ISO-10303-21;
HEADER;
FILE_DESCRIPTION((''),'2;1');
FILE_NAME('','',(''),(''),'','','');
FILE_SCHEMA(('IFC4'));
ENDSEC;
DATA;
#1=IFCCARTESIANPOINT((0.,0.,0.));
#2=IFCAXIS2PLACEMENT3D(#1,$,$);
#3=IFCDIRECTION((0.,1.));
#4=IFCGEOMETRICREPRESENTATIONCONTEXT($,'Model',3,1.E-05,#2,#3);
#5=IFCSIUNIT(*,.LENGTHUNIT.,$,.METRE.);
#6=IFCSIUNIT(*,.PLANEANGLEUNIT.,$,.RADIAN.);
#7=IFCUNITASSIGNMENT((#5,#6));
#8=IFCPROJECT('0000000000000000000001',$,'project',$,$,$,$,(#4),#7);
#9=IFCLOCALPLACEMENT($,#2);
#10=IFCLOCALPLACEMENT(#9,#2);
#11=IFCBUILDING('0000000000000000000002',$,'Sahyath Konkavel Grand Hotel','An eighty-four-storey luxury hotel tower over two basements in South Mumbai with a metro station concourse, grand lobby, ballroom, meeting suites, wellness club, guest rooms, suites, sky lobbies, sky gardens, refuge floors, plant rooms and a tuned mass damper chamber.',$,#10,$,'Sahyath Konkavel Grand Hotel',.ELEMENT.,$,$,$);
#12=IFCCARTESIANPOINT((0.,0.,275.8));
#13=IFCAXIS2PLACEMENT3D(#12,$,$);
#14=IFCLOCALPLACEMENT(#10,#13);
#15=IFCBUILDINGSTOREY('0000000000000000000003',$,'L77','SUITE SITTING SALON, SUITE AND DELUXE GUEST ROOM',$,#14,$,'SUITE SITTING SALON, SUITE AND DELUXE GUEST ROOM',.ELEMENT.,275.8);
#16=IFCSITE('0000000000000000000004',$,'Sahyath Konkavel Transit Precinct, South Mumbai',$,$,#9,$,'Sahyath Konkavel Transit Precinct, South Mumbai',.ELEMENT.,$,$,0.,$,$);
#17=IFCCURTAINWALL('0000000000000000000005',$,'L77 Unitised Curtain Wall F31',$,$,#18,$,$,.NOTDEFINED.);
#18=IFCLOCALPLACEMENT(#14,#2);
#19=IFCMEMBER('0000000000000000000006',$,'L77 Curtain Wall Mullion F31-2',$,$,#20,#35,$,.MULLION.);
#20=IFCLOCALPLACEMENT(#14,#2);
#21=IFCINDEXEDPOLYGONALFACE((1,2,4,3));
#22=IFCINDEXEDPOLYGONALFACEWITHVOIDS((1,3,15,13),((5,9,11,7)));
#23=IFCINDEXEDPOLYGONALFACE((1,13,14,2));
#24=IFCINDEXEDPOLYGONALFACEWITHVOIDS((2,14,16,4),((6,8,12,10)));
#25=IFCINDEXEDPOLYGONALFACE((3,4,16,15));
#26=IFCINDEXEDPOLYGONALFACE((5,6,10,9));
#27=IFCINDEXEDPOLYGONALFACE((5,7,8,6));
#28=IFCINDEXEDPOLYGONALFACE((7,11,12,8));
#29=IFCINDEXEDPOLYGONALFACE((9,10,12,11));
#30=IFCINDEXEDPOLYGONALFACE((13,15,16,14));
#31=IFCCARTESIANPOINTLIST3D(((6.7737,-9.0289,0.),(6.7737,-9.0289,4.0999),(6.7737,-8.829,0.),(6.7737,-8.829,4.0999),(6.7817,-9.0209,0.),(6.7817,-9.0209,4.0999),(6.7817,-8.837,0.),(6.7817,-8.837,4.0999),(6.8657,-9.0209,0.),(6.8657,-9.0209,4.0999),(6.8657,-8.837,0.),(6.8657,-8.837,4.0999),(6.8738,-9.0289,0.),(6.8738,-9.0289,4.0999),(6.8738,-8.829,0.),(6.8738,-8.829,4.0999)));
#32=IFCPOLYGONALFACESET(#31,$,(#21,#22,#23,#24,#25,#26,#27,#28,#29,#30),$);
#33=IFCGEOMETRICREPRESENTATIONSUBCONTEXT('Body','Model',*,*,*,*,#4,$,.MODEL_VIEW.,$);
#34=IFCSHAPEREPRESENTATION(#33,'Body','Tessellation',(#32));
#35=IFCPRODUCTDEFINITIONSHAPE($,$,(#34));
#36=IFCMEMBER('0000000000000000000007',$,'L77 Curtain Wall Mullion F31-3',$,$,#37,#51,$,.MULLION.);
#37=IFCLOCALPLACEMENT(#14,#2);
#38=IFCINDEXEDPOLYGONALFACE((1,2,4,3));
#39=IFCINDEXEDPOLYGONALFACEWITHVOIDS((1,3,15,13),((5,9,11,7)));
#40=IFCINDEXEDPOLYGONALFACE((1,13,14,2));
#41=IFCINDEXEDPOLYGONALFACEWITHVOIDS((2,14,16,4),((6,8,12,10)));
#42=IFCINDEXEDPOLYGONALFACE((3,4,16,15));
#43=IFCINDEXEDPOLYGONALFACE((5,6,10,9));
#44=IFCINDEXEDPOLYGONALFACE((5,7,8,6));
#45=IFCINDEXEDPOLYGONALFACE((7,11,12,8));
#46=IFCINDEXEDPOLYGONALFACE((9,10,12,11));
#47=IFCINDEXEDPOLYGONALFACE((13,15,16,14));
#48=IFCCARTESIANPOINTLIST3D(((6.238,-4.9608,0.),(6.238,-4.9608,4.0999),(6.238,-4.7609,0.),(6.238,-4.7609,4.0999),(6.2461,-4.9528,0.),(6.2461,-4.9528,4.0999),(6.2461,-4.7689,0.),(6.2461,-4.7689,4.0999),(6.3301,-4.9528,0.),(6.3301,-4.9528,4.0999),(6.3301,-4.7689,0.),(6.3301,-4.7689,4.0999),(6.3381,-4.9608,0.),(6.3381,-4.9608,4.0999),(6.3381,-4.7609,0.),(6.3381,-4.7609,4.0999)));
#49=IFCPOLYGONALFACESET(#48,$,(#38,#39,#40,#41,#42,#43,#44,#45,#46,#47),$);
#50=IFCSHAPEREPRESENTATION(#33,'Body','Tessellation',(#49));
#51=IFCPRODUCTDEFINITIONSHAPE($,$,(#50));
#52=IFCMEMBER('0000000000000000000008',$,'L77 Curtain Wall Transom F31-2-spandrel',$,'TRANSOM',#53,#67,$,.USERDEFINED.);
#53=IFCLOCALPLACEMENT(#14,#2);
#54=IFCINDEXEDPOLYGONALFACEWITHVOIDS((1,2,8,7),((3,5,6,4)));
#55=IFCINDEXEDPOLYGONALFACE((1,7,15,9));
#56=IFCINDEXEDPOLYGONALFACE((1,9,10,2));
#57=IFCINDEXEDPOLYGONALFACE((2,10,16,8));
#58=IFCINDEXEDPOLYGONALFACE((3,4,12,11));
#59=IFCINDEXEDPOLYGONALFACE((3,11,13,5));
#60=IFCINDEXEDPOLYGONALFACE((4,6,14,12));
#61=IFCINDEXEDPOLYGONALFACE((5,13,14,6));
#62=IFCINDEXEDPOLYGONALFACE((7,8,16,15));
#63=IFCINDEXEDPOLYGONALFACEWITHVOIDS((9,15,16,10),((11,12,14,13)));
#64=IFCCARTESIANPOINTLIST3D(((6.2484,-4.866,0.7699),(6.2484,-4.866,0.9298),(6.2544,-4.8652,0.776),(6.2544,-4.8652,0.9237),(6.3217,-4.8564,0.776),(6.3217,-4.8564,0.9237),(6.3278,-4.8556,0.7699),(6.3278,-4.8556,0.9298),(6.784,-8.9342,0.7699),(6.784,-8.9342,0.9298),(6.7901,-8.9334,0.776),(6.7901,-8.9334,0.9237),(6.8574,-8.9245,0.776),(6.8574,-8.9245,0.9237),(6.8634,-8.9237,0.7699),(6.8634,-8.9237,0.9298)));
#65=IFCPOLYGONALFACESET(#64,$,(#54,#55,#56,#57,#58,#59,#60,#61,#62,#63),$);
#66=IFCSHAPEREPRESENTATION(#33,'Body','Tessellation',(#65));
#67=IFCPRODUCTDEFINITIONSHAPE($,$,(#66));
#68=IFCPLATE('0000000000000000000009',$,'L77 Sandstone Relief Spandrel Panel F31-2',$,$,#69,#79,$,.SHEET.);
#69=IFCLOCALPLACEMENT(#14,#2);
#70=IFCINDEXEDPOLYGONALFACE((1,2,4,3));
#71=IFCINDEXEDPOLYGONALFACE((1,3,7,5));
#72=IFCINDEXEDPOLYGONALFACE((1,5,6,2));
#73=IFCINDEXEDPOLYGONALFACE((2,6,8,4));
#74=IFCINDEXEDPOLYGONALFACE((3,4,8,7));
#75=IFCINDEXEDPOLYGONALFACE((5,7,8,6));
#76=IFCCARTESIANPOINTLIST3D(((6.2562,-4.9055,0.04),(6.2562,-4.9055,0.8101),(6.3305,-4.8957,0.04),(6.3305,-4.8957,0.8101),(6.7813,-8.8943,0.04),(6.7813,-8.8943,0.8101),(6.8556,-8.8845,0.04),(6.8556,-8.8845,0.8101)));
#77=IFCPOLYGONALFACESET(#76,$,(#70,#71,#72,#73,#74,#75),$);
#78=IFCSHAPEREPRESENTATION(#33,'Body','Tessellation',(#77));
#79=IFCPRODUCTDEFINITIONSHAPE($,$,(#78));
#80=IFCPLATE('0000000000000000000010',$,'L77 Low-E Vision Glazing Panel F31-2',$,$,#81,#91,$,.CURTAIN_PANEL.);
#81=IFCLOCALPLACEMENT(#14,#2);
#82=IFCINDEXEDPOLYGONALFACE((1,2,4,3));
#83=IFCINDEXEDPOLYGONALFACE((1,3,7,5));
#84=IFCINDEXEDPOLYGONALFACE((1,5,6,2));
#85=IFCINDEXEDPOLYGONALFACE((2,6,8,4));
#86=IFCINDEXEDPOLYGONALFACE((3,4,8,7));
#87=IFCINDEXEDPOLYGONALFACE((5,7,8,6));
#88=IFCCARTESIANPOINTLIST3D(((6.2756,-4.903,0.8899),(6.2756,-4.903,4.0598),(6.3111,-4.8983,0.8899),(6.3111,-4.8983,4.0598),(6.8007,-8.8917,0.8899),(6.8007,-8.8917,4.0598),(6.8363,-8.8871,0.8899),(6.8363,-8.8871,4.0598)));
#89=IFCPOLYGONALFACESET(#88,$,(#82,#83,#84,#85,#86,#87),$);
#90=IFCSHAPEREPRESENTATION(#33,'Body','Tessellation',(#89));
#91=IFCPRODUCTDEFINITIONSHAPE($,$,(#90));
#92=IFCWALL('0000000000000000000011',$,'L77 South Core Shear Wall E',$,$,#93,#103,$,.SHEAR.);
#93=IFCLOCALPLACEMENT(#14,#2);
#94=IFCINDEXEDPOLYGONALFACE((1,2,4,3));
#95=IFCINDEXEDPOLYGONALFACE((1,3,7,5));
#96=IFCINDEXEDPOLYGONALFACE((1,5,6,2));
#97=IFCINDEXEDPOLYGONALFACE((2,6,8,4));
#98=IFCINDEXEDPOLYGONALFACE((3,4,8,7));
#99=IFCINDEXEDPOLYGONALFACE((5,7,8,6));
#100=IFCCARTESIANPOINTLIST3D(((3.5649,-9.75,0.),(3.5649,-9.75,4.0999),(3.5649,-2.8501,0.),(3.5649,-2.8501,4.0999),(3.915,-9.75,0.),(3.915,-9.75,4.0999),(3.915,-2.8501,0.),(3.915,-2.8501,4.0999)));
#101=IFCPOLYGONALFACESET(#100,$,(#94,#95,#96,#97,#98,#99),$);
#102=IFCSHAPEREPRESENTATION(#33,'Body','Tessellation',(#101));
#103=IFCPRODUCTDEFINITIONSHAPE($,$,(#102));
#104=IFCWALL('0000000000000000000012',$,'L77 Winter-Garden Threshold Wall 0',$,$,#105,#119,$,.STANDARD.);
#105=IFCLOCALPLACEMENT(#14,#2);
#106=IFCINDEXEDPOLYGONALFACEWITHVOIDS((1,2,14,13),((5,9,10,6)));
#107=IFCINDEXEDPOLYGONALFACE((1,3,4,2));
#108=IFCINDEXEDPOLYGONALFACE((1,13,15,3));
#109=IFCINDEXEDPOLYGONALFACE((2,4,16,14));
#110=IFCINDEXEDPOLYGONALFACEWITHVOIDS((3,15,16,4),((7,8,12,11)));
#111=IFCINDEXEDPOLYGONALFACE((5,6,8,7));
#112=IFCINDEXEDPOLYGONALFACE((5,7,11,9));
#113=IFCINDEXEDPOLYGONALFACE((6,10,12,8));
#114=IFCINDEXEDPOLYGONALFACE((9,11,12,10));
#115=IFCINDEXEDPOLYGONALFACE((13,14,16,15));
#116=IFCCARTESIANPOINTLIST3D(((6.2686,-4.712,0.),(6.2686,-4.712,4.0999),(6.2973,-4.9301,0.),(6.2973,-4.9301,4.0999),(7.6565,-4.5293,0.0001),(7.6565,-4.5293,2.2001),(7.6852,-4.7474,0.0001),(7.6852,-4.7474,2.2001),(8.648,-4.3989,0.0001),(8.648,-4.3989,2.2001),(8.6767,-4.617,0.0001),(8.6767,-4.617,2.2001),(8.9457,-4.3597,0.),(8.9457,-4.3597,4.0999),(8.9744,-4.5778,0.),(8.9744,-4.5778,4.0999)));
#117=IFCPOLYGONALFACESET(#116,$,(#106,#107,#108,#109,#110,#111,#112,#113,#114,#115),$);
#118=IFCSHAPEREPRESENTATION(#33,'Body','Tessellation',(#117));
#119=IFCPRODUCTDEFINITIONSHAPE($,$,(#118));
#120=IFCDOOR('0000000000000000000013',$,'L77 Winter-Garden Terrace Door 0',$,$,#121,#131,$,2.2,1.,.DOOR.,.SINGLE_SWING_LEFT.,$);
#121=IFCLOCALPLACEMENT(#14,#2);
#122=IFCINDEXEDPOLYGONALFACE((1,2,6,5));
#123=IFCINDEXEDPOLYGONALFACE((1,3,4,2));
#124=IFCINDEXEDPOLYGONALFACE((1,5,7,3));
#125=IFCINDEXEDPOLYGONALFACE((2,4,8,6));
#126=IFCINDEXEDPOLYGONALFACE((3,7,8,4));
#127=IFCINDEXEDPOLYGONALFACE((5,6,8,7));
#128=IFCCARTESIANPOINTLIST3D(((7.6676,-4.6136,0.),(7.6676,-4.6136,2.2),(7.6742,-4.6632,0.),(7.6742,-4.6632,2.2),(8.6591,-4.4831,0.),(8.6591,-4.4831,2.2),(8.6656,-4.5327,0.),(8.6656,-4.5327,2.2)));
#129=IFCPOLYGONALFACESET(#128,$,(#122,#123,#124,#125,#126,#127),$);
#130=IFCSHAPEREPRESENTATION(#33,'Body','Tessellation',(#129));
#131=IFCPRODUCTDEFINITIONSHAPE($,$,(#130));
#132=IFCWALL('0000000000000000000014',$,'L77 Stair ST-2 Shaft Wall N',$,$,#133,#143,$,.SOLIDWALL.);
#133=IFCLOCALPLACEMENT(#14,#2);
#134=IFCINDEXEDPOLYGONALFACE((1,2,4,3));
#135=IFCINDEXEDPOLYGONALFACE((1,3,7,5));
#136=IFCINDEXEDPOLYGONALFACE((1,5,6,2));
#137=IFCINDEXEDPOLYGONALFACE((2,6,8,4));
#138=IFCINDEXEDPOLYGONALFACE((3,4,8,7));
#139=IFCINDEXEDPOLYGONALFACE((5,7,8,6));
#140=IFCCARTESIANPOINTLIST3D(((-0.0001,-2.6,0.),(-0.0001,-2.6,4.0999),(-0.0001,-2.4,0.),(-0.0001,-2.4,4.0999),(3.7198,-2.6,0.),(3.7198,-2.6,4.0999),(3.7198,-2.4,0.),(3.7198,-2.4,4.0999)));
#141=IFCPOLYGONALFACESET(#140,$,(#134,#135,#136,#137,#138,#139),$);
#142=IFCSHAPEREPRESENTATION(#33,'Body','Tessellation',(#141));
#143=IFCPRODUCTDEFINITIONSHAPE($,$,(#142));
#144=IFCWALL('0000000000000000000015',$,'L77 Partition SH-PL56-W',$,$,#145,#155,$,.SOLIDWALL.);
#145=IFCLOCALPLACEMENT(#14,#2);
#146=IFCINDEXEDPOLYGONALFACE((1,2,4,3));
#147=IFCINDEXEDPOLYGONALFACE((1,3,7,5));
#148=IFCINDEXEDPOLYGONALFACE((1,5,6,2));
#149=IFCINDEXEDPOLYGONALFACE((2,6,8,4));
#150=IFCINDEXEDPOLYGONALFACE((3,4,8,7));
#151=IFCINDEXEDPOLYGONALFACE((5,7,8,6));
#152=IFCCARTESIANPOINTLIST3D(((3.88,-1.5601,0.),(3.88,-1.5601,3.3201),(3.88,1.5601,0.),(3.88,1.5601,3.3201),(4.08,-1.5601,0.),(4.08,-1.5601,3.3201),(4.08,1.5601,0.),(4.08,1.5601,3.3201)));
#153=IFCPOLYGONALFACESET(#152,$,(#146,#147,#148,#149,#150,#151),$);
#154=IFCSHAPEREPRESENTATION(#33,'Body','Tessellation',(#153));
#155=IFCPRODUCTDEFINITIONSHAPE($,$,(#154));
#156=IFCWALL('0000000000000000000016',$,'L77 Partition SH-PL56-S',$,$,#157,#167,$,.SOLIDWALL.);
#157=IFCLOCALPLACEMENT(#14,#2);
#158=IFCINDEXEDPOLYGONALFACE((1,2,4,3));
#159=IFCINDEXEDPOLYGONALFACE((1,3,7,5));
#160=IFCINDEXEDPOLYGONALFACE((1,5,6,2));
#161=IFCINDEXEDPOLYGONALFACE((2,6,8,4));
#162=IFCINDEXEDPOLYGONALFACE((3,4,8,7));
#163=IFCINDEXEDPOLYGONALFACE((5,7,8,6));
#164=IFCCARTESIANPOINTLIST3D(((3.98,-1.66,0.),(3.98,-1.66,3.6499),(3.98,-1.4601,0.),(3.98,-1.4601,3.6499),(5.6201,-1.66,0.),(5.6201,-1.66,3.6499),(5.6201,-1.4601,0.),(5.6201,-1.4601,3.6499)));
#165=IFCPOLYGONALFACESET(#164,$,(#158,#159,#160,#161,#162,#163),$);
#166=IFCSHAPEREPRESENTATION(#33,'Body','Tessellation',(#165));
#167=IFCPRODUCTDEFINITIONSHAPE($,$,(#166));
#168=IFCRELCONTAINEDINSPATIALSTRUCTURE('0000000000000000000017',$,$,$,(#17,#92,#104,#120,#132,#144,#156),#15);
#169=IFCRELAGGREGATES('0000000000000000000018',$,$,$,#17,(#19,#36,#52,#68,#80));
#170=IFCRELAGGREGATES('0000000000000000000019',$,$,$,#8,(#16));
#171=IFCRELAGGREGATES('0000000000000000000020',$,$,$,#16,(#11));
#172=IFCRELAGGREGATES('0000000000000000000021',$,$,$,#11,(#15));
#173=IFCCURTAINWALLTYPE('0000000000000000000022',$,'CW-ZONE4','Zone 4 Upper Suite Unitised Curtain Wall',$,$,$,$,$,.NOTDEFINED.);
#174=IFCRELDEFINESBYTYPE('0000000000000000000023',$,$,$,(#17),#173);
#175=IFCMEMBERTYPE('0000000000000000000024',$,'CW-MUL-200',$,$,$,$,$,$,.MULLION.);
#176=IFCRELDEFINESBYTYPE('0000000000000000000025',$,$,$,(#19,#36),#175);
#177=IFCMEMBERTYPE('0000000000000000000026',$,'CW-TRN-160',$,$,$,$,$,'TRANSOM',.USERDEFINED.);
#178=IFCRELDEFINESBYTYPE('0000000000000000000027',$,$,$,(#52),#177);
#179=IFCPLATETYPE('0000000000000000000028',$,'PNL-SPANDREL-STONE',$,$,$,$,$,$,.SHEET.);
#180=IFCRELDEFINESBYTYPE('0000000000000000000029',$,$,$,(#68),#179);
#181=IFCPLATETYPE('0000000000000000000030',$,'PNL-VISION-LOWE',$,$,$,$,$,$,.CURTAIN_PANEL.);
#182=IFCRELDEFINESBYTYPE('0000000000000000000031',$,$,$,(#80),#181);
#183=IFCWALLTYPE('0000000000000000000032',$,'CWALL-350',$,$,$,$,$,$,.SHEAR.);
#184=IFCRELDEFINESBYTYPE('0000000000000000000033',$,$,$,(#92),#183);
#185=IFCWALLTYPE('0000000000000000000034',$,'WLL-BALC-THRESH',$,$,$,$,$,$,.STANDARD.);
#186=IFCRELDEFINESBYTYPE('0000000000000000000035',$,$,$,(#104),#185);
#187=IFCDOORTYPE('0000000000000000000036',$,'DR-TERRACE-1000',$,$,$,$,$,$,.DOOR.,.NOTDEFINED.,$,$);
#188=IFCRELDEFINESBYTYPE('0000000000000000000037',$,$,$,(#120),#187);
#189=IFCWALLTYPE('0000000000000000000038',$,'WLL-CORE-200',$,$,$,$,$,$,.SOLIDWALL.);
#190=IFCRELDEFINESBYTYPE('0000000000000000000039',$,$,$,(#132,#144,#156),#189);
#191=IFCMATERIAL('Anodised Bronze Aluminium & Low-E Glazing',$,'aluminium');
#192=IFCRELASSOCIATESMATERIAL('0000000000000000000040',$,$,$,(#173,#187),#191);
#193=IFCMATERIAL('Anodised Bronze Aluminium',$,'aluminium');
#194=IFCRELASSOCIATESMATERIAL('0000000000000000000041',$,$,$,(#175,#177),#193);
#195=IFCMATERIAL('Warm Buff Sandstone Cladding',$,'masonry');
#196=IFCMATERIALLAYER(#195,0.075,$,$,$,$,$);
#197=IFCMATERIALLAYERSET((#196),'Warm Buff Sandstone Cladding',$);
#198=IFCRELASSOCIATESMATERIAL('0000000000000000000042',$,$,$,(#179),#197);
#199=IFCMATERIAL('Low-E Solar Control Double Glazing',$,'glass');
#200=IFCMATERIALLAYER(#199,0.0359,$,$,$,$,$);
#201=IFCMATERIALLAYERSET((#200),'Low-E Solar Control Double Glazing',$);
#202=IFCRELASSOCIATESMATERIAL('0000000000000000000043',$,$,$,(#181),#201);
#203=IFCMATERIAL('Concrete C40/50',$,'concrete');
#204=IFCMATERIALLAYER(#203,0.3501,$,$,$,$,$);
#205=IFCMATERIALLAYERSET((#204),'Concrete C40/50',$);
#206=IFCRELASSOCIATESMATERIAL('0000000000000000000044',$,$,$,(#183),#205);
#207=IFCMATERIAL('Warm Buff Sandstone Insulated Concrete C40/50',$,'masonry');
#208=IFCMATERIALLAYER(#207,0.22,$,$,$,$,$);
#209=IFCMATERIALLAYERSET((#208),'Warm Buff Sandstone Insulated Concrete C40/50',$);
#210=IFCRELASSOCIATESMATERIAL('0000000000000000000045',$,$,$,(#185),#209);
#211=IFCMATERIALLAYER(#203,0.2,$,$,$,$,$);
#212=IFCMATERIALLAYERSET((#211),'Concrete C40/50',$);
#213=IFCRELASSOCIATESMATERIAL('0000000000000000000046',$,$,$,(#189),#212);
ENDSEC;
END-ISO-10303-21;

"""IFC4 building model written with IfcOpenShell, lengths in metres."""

from ifc_helpers import new_model, si_unit, direction, frame, frame_2d, origin, origin_2d, place, context, subcontext, project, spatial, rectangle, hollow_rectangle, extrude, source, transform, mapped, material, layer, layer_set, material_profile, profile_set, type_object, element, fill, aggregate, save


model = new_model("IFC4")

# Units and contexts
model_context = context("Model", 3, precision=1e-05, world=origin(), true_north=direction((0.0, 1.0)))
body_context = subcontext(model_context, "Body", "Model", "MODEL_VIEW")
ifc_project = project(units=[si_unit("LENGTHUNIT", "METRE"), si_unit("PLANEANGLEUNIT", "RADIAN")], contexts=[model_context])

# Site, building, storey
site_placement = place(None, origin())
site = spatial("IfcSite", under=ifc_project, at=site_placement, Name="Sahyath Konkavel Transit Precinct, South Mumbai", LongName="Sahyath Konkavel Transit Precinct, South Mumbai", CompositionType="ELEMENT", RefElevation=0.0)
building_placement = place(site_placement, origin())
building = spatial("IfcBuilding", under=site, at=building_placement, Name="Sahyath Konkavel Grand Hotel", Description="An eighty-four-storey luxury hotel tower over two basements in South Mumbai with a metro station concourse, grand lobby, ballroom, meeting suites, wellness club, guest rooms, suites, sky lobbies, sky gardens, refuge floors, plant rooms and a tuned mass damper chamber.", LongName="Sahyath Konkavel Grand Hotel", CompositionType="ELEMENT")
storey_placement = place(building_placement, frame((0.0, 0.0, 275.8)))
storey = spatial("IfcBuildingStorey", under=building, at=storey_placement, Name="L77", Description="SUITE SITTING SALON, SUITE AND DELUXE GUEST ROOM", LongName="SUITE SITTING SALON, SUITE AND DELUXE GUEST ROOM", CompositionType="ELEMENT", Elevation=275.8)

# Shared definitions
ifc_material_1 = material(Name="Concrete C40/50", Category="concrete")

# Curtain wall, members, plates
ifc_material_2 = material(Name="Anodised Bronze Aluminium & Low-E Glazing", Category="aluminium")
curtain_wall_type = type_object("IfcCurtainWallType", Name="CW-ZONE4", Description="Zone 4 Upper Suite Unitised Curtain Wall", PredefinedType="NOTDEFINED", material=ifc_material_2)
curtain_wall_placement = place(storey_placement, origin())
curtain_wall = element("IfcCurtainWall", 1, at=curtain_wall_placement, inside=storey, type_object=curtain_wall_type, Name="L77 Unitised Curtain Wall F31", PredefinedType="NOTDEFINED")
ifc_material_3 = material(Name="Anodised Bronze Aluminium", Category="aluminium")
ifc_material_profile_1 = material_profile(ifc_material_3, hollow_rectangle(XDim=0.1001, YDim=0.2, WallThickness=0.0081, at=origin_2d()), Name="RHS 200x100x8")
ifc_profile_set_1 = profile_set([ifc_material_profile_1], Name="Anodised Bronze Aluminium")
member_type_1 = type_object("IfcMemberType", Name="CW-MUL-200", PredefinedType="MULLION", material=ifc_profile_set_1)
shared_shape_1 = source(origin(), body_context, "Body", "SweptSolid", [
    extrude(hollow_rectangle(XDim=0.1001, YDim=0.2, WallThickness=0.0081, at=origin_2d()), origin(), (0.0, 0.0, 1.0), 4.0999),
])
member_1_placement = place(storey_placement, frame((6.8237, -8.929, 0.0), z_axis=(0.0, 0.0, 1.0), x_axis=(1.0, 0.0, 0.0)))
member_1 = element("IfcMember", 2, at=member_1_placement, type_object=member_type_1, Name="L77 Curtain Wall Mullion F31-2", PredefinedType="MULLION", context=body_context, shape_type="MappedRepresentation", body=[
    mapped(shared_shape_1, transform((0.0, 0.0, 0.0), scale=1.0)),
])
member_2_placement = place(storey_placement, frame((6.2881, -4.8608, 0.0), z_axis=(0.0, 0.0, 1.0), x_axis=(1.0, 0.0, 0.0)))
member_2 = element("IfcMember", 3, at=member_2_placement, type_object=member_type_1, Name="L77 Curtain Wall Mullion F31-3", PredefinedType="MULLION", context=body_context, shape_type="MappedRepresentation", body=[
    mapped(shared_shape_1, transform((0.0, 0.0, 0.0), scale=1.0)),
])
ifc_material_profile_2 = material_profile(ifc_material_3, hollow_rectangle(XDim=0.0801, YDim=0.1599, WallThickness=0.0061, at=origin_2d()), Name="RHS 160x80x6")
ifc_profile_set_2 = profile_set([ifc_material_profile_2], Name="Anodised Bronze Aluminium")
member_type_2 = type_object("IfcMemberType", Name="CW-TRN-160", ElementType="TRANSOM", PredefinedType="USERDEFINED", material=ifc_profile_set_2)
shared_shape_2 = source(origin(), body_context, "Body", "SweptSolid", [
    extrude(hollow_rectangle(XDim=0.0801, YDim=0.1599, WallThickness=0.0061, at=origin_2d()), origin(), (0.0, 0.0, 1.0), 4.1033),
])
member_3_placement = place(storey_placement, frame((6.8237, -8.929, 0.8499), z_axis=(-0.130542, 0.991443, 0.0), x_axis=(-0.991443, -0.130542, 0.0)))
member_3 = element("IfcMember", 4, at=member_3_placement, type_object=member_type_2, Name="L77 Curtain Wall Transom F31-2-spandrel", ObjectType="TRANSOM", PredefinedType="USERDEFINED", context=body_context, shape_type="MappedRepresentation", body=[
    mapped(shared_shape_2, transform((0.0, 0.0, 0.0), scale=1.0)),
])
ifc_material_4 = material(Name="Warm Buff Sandstone Cladding", Category="masonry")
ifc_layer_1 = layer(ifc_material_4, 0.075)
ifc_layer_set_1 = layer_set([ifc_layer_1], Name="Warm Buff Sandstone Cladding")
plate_type_1 = type_object("IfcPlateType", Name="PNL-SPANDREL-STONE", PredefinedType="SHEET", material=ifc_layer_set_1)
shared_shape_3 = source(origin(), body_context, "Body", "SweptSolid", [
    extrude(rectangle(XDim=4.0232, YDim=0.075, at=origin_2d()), origin(), (0.0, 0.0, 1.0), 0.77),
])
plate_1_placement = place(storey_placement, frame((6.5559, -6.895, 0.04), z_axis=(0.0, 0.0, 1.0), x_axis=(-0.130526, 0.991445, 0.0)))
plate_1 = element("IfcPlate", 5, at=plate_1_placement, type_object=plate_type_1, Name="L77 Sandstone Relief Spandrel Panel F31-2", PredefinedType="SHEET", context=body_context, shape_type="MappedRepresentation", body=[
    mapped(shared_shape_3, transform((0.0, 0.0, 0.0), scale=1.0)),
])
ifc_material_5 = material(Name="Low-E Solar Control Double Glazing", Category="glass")
ifc_layer_2 = layer(ifc_material_5, 0.0359)
ifc_layer_set_2 = layer_set([ifc_layer_2], Name="Low-E Solar Control Double Glazing")
plate_type_2 = type_object("IfcPlateType", Name="PNL-VISION-LOWE", PredefinedType="CURTAIN_PANEL", material=ifc_layer_set_2)
shared_shape_4 = source(origin(), body_context, "Body", "SweptSolid", [
    extrude(rectangle(XDim=4.0232, YDim=0.0359, at=origin_2d()), origin(), (0.0, 0.0, 1.0), 3.1699),
])
plate_2_placement = place(storey_placement, frame((6.5559, -6.895, 0.8899), z_axis=(0.0, 0.0, 1.0), x_axis=(-0.130526, 0.991445, 0.0)))
plate_2 = element("IfcPlate", 6, at=plate_2_placement, type_object=plate_type_2, Name="L77 Low-E Vision Glazing Panel F31-2", PredefinedType="CURTAIN_PANEL", context=body_context, shape_type="MappedRepresentation", body=[
    mapped(shared_shape_4, transform((0.0, 0.0, 0.0), scale=1.0)),
])
aggregate(curtain_wall, [member_1, member_2, member_3, plate_1, plate_2])

# Wall
ifc_layer_3 = layer(ifc_material_1, 0.3501)
ifc_layer_set_3 = layer_set([ifc_layer_3], Name="Concrete C40/50")
wall_type_1 = type_object("IfcWallType", Name="CWALL-350", PredefinedType="SHEAR", material=ifc_layer_set_3)
wall_1_placement = place(storey_placement, frame((3.74, -9.75, 0.0), z_axis=(0.0, 0.0, 1.0), x_axis=(0.0, 1.0, 0.0)))
element("IfcWall", 7, at=wall_1_placement, inside=storey, type_object=wall_type_1, Name="L77 South Core Shear Wall E", PredefinedType="SHEAR", context=body_context, shape_type="SweptSolid", body=[
    extrude(rectangle(XDim=6.8999, YDim=0.3501, at=frame_2d((3.45, 0.0))), origin(), (0.0, 0.0, 1.0), 4.0999),
])

# Wall, opening, door
ifc_material_6 = material(Name="Warm Buff Sandstone Insulated Concrete C40/50", Category="masonry")
ifc_layer_4 = layer(ifc_material_6, 0.22)
ifc_layer_set_4 = layer_set([ifc_layer_4], Name="Warm Buff Sandstone Insulated Concrete C40/50")
wall_type_2 = type_object("IfcWallType", Name="WLL-BALC-THRESH", PredefinedType="STANDARD", material=ifc_layer_set_4)
wall_2_placement = place(storey_placement, frame((6.283, -4.821, 0.0), z_axis=(0.0, 0.0, 1.0), x_axis=(0.991452, 0.130476, 0.0)))
wall_2 = element("IfcWall", 8, at=wall_2_placement, inside=storey, type_object=wall_type_2, Name="L77 Winter-Garden Threshold Wall 0", PredefinedType="STANDARD", context=body_context, shape_type="SweptSolid", body=[
    extrude(rectangle(XDim=2.7002, YDim=0.22, at=frame_2d((1.3501, 0.0))), origin(), (0.0, 0.0, 1.0), 4.0999),
])
opening_1_placement = place(wall_2_placement, frame((1.3999, 0.0, 0.0)))
opening_1 = element("IfcOpeningElement", 9, at=opening_1_placement, cuts=wall_2, PredefinedType="OPENING", context=body_context, shape_type="SweptSolid", body=[
    extrude(rectangle(XDim=1.0, YDim=2.2, at=frame_2d((0.5, 1.1001))), frame((0.0, 0.1201, 0.0), z_axis=(0.0, -1.0, 0.0), x_axis=(1.0, 0.0, 0.0)), (0.0, 0.0, 1.0), 0.24),
])
door_type_1 = type_object("IfcDoorType", Name="DR-TERRACE-1000", OperationType="NOTDEFINED", PredefinedType="DOOR", material=ifc_material_2)
shared_shape_5 = source(origin(), body_context, "Body", "SweptSolid", [
    extrude(rectangle(XDim=1.0, YDim=0.05, at=origin_2d()), origin(), (0.0, 0.0, 1.0), 2.2),
])
door_1_placement = place(opening_1_placement, frame((0.5, 0.0, 0.0)))
door_1 = element("IfcDoor", 10, at=door_1_placement, inside=storey, type_object=door_type_1, Name="L77 Winter-Garden Terrace Door 0", OperationType="SINGLE_SWING_LEFT", OverallHeight=2.2, OverallWidth=1.0, PredefinedType="DOOR", context=body_context, shape_type="MappedRepresentation", body=[
    mapped(shared_shape_5, transform((0.0, 0.0, 0.0), scale=1.0)),
])
fill(opening_1, door_1)

# Walls
ifc_layer_5 = layer(ifc_material_1, 0.2)
ifc_layer_set_5 = layer_set([ifc_layer_5], Name="Concrete C40/50")
wall_type_3 = type_object("IfcWallType", Name="WLL-CORE-200", PredefinedType="SOLIDWALL", material=ifc_layer_set_5)
wall_3_placement = place(storey_placement, frame((0.0, -2.5, 0.0), z_axis=(0.0, 0.0, 1.0), x_axis=(1.0, 0.0, 0.0)))
element("IfcWall", 11, at=wall_3_placement, inside=storey, type_object=wall_type_3, Name="L77 Stair ST-2 Shaft Wall N", PredefinedType="SOLIDWALL", context=body_context, shape_type="SweptSolid", body=[
    extrude(rectangle(XDim=3.72, YDim=0.2, at=frame_2d((1.8599, 0.0))), origin(), (0.0, 0.0, 1.0), 4.0999),
])
wall_4_placement = place(storey_placement, frame((3.98, -1.5601, 0.0), z_axis=(0.0, 0.0, 1.0), x_axis=(0.0, 1.0, 0.0)))
element("IfcWall", 12, at=wall_4_placement, inside=storey, type_object=wall_type_3, Name="L77 Partition SH-PL56-W", PredefinedType="SOLIDWALL", context=body_context, shape_type="SweptSolid", body=[
    extrude(rectangle(XDim=3.1201, YDim=0.2, at=frame_2d((1.5601, 0.0))), origin(), (0.0, 0.0, 1.0), 3.3201),
])
wall_5_placement = place(storey_placement, frame((3.98, -1.5601, 0.0), z_axis=(0.0, 0.0, 1.0), x_axis=(1.0, 0.0, 0.0)))
element("IfcWall", 13, at=wall_5_placement, inside=storey, type_object=wall_type_3, Name="L77 Partition SH-PL56-S", PredefinedType="SOLIDWALL", context=body_context, shape_type="SweptSolid", body=[
    extrude(rectangle(XDim=1.6401, YDim=0.2, at=frame_2d((0.8201, 0.0))), origin(), (0.0, 0.0, 1.0), 3.6499),
])

save(model, "model.ifc")
